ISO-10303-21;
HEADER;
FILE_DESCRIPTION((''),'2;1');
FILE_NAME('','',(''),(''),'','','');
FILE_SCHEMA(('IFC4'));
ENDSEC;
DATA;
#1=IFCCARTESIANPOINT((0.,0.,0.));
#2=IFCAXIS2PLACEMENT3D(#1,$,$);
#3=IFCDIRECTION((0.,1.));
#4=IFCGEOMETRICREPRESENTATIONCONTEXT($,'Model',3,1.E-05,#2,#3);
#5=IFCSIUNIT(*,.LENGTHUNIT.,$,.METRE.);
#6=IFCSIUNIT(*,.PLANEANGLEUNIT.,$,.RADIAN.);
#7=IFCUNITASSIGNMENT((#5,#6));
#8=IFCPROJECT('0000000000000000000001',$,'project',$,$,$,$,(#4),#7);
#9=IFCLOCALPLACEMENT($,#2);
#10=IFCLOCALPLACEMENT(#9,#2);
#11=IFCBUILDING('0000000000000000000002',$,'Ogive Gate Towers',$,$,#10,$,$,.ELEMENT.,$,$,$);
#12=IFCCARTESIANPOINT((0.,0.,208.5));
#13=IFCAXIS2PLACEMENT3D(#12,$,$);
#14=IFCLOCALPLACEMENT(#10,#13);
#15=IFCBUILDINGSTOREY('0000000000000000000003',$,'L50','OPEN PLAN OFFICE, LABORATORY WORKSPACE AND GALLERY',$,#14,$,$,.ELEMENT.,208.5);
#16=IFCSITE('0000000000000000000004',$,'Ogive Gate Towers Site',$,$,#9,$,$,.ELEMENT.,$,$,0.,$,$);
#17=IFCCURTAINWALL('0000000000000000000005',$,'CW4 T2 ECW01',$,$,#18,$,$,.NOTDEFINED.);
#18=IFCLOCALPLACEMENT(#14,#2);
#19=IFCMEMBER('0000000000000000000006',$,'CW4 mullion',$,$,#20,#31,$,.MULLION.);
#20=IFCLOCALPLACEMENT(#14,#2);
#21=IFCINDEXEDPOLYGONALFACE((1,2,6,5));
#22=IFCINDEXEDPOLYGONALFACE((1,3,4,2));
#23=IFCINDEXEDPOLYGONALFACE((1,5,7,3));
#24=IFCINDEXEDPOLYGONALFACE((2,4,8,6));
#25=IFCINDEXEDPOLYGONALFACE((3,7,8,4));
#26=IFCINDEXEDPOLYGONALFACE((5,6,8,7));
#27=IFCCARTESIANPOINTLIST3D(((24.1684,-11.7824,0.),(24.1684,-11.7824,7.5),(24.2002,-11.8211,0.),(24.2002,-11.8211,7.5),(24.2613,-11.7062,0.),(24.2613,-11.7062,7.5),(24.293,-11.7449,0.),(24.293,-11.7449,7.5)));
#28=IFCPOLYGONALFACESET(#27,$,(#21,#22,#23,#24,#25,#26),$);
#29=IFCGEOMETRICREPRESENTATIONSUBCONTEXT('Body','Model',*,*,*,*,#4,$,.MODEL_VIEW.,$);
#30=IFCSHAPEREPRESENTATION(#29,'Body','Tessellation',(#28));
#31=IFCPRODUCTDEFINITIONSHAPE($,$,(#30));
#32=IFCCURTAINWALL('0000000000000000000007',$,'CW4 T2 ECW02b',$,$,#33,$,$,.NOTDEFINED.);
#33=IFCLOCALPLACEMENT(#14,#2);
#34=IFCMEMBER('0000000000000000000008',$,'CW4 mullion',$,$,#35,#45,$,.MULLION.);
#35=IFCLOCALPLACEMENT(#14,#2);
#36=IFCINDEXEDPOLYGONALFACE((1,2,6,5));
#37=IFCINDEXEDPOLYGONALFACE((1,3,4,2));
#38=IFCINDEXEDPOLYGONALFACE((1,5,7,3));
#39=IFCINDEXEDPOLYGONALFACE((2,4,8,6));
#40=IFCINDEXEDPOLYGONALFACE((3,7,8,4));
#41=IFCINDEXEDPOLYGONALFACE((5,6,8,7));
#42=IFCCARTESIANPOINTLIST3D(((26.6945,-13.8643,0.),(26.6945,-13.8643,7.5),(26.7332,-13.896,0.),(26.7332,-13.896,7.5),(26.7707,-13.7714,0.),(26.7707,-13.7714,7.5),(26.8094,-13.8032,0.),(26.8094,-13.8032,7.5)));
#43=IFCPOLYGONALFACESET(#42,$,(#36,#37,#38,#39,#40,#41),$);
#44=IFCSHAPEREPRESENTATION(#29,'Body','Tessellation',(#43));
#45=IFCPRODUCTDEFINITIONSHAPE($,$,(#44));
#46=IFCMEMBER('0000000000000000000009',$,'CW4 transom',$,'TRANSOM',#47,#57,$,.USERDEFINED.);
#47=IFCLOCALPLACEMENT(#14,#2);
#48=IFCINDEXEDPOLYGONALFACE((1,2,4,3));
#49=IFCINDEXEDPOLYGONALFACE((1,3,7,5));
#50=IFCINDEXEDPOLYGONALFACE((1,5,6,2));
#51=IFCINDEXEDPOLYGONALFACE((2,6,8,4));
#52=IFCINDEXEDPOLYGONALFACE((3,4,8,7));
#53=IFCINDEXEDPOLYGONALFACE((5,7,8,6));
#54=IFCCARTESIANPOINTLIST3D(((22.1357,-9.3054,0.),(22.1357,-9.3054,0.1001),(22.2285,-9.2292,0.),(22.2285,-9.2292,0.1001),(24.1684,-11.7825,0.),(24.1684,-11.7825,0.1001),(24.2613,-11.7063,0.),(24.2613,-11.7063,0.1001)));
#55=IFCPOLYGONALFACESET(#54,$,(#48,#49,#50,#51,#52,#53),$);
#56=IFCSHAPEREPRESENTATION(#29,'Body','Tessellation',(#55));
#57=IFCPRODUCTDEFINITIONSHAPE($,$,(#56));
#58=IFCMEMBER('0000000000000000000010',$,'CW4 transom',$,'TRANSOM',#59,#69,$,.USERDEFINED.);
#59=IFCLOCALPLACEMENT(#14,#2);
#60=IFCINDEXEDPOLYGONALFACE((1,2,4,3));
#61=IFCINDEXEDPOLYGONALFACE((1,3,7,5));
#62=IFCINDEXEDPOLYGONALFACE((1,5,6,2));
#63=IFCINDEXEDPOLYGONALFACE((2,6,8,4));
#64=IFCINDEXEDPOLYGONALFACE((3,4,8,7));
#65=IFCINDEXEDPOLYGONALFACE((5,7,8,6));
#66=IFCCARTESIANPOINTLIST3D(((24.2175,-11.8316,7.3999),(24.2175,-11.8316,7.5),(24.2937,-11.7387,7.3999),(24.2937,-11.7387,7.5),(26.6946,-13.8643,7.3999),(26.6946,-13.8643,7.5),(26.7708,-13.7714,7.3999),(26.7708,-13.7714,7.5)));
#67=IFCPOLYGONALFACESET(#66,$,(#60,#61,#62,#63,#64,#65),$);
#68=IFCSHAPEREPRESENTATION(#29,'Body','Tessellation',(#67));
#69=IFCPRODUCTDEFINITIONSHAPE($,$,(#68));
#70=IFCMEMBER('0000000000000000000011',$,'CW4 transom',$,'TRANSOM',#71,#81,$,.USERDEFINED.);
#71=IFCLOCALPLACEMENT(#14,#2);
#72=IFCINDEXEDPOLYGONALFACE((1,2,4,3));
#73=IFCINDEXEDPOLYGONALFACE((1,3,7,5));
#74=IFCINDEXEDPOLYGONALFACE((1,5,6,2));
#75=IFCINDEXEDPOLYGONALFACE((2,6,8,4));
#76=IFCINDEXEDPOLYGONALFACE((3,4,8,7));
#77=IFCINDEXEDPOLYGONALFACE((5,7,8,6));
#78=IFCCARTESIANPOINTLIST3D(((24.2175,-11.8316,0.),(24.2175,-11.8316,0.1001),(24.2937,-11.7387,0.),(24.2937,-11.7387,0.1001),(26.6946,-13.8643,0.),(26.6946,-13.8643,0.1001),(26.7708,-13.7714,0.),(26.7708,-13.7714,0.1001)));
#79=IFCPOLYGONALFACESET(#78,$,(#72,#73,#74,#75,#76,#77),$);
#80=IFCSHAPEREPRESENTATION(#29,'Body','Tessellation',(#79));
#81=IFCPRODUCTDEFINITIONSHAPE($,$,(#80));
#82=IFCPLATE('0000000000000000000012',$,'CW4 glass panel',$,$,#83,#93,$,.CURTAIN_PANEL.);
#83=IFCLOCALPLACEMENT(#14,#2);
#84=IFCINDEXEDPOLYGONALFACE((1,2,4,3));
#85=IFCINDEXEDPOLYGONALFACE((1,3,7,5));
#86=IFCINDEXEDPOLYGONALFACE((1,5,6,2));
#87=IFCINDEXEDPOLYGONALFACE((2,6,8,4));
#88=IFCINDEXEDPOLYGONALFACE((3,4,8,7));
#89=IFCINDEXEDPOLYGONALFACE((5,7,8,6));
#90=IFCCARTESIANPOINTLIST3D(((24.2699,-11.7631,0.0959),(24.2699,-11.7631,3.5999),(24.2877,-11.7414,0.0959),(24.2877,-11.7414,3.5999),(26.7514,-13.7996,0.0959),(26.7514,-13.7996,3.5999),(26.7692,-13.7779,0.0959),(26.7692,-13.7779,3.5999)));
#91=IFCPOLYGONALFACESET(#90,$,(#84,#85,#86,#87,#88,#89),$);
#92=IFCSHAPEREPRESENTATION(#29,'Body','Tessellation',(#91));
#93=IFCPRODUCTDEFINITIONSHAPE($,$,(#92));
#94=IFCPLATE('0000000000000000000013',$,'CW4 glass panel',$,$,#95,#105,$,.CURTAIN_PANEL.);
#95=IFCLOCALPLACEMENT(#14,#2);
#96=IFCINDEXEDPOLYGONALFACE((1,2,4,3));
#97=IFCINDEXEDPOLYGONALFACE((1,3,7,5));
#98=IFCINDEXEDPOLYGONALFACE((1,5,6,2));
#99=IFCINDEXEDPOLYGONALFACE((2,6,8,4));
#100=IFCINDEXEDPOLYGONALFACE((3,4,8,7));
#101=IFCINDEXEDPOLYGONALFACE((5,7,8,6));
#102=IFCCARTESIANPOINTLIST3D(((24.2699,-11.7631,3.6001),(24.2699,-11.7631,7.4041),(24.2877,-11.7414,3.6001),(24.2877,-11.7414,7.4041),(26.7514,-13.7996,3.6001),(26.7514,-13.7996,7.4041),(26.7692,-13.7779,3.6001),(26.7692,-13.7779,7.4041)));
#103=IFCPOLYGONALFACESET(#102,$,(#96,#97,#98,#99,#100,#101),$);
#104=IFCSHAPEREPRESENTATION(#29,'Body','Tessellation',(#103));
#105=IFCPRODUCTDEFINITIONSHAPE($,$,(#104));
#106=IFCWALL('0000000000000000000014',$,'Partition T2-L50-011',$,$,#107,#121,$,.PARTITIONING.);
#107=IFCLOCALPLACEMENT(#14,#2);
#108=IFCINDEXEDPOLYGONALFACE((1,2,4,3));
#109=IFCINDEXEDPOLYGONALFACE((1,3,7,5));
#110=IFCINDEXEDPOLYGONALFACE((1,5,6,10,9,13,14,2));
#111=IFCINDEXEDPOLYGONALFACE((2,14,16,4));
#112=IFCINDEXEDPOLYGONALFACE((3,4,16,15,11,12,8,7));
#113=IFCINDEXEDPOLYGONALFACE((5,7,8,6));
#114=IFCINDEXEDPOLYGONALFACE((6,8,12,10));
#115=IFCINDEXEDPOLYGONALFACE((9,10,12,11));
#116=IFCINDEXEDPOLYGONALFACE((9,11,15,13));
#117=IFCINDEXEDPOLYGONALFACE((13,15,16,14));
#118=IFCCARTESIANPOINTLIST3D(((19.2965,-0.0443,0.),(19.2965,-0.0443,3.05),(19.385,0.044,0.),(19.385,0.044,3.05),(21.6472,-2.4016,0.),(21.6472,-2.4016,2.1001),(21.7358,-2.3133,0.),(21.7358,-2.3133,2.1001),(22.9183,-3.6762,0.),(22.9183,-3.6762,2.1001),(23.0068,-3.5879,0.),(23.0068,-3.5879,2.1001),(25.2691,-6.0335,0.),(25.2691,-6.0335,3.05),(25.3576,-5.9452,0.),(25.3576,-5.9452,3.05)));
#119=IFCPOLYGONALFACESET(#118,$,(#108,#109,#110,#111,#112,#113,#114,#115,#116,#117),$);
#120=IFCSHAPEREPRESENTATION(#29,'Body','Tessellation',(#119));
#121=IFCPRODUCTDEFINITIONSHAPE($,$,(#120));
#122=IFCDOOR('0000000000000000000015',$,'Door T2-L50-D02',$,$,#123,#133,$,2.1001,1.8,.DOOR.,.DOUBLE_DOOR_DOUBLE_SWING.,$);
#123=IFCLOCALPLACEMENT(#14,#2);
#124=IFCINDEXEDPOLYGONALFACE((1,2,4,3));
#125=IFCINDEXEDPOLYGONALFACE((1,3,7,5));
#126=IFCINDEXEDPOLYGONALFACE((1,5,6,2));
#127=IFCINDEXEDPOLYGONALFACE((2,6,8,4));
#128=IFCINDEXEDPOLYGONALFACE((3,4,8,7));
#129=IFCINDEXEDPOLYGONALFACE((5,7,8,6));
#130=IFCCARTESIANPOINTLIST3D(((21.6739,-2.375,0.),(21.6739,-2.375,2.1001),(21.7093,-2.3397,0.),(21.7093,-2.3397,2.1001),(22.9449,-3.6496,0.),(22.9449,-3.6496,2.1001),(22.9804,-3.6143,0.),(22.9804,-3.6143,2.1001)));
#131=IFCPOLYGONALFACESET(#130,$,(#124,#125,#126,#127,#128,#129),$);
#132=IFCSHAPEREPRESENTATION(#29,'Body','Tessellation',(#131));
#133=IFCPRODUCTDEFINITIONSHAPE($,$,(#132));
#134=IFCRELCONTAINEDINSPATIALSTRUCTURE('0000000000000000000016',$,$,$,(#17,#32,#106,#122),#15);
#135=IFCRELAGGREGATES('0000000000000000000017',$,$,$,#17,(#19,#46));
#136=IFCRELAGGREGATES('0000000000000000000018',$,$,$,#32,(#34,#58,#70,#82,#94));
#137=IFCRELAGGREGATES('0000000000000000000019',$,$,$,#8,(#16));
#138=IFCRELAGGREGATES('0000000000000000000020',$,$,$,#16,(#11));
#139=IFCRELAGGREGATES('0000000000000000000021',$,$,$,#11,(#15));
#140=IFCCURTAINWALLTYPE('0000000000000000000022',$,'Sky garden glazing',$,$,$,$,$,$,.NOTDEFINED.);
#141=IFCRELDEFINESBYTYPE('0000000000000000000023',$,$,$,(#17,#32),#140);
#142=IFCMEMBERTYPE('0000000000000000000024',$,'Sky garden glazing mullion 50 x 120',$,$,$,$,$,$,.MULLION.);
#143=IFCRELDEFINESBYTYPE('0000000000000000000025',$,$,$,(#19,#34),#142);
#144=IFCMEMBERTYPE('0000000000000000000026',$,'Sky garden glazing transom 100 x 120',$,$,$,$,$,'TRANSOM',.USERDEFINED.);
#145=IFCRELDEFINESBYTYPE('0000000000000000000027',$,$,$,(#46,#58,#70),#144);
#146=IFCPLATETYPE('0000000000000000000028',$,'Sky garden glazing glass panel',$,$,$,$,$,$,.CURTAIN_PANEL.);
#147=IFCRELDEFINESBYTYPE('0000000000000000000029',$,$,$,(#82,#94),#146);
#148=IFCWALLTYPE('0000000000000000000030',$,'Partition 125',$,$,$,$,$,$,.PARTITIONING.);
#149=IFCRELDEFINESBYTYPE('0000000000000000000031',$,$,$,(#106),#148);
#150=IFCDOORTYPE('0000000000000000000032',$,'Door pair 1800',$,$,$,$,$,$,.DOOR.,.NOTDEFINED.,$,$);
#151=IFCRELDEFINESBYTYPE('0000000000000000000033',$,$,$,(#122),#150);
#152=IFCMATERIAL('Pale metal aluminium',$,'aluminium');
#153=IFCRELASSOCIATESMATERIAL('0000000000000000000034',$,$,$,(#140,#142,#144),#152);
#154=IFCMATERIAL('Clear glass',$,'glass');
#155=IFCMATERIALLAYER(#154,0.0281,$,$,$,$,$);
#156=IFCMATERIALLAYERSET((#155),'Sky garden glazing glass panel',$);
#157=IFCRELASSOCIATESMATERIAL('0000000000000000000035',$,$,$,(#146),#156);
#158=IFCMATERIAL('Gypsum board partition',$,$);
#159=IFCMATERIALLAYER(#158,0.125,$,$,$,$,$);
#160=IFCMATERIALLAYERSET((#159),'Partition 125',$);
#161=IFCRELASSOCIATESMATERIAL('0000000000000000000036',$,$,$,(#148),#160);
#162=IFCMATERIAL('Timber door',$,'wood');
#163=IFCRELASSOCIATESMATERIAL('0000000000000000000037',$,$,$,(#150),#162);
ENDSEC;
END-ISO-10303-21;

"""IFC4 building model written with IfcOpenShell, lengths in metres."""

from ifc_helpers import new_model, si_unit, direction, frame, frame_2d, origin, origin_2d, place, context, subcontext, project, spatial, rectangle, extrude, material, layer, layer_set, material_profile, profile_set, type_object, element, fill, aggregate, save


model = new_model("IFC4")

# Units and contexts
model_context = context("Model", 3, precision=1e-05, world=origin(), true_north=direction((0.0, 1.0)))
body_context = subcontext(model_context, "Body", "Model", "MODEL_VIEW")
ifc_project = project(units=[si_unit("LENGTHUNIT", "METRE"), si_unit("PLANEANGLEUNIT", "RADIAN")], contexts=[model_context])

# Site, building, storey
site_placement = place(None, origin())
site = spatial("IfcSite", under=ifc_project, at=site_placement, Name="Ogive Gate Towers Site", CompositionType="ELEMENT", RefElevation=0.0)
building_placement = place(site_placement, origin())
building = spatial("IfcBuilding", under=site, at=building_placement, Name="Ogive Gate Towers", CompositionType="ELEMENT")
storey_placement = place(building_placement, frame((0.0, 0.0, 208.5)))
storey = spatial("IfcBuildingStorey", under=building, at=storey_placement, Name="L50", Description="OPEN PLAN OFFICE, LABORATORY WORKSPACE AND GALLERY", CompositionType="ELEMENT", Elevation=208.5)

# Curtain walls, members
ifc_material_1 = material(Name="Pale metal aluminium", Category="aluminium")
curtain_wall_type = type_object("IfcCurtainWallType", Name="Sky garden glazing", PredefinedType="NOTDEFINED", material=ifc_material_1)
curtain_wall_1_placement = place(storey_placement, origin())
curtain_wall_1 = element("IfcCurtainWall", 1, at=curtain_wall_1_placement, inside=storey, type_object=curtain_wall_type, Name="CW4 T2 ECW01", PredefinedType="NOTDEFINED")
ifc_material_profile_1 = material_profile(ifc_material_1, rectangle(XDim=0.1201, YDim=0.05, at=origin_2d()), Name="50 x 120 aluminium box")
ifc_profile_set_1 = profile_set([ifc_material_profile_1], Name="Pale metal aluminium")
member_type_1 = type_object("IfcMemberType", Name="Sky garden glazing mullion 50 x 120", PredefinedType="MULLION", material=ifc_profile_set_1)
member_1_placement = place(storey_placement, frame((24.2307, -11.7637, 0.0), z_axis=(0.0, 0.0, 1.0), x_axis=(0.77301, 0.634393, 0.0)))
member_1 = element("IfcMember", 2, at=member_1_placement, type_object=member_type_1, Name="CW4 mullion", PredefinedType="MULLION", context=body_context, shape_type="SweptSolid", body=[
    extrude(rectangle(XDim=0.1201, YDim=0.05, at=origin_2d()), origin(), (0.0, 0.0, 1.0), 7.5),
])
curtain_wall_2_placement = place(storey_placement, origin())
curtain_wall_2 = element("IfcCurtainWall", 3, at=curtain_wall_2_placement, inside=storey, type_object=curtain_wall_type, Name="CW4 T2 ECW02b", PredefinedType="NOTDEFINED")
member_2_placement = place(storey_placement, frame((26.752, -13.8337, 0.0), z_axis=(0.0, 0.0, 1.0), x_axis=(0.634393, 0.77301, 0.0)))
member_2 = element("IfcMember", 4, at=member_2_placement, type_object=member_type_1, Name="CW4 mullion", PredefinedType="MULLION", context=body_context, shape_type="SweptSolid", body=[
    extrude(rectangle(XDim=0.1201, YDim=0.05, at=origin_2d()), origin(), (0.0, 0.0, 1.0), 7.5),
])

# Members
ifc_material_profile_2 = material_profile(ifc_material_1, rectangle(XDim=0.1201, YDim=0.1001, at=origin_2d()), Name="100 x 120 aluminium box")
ifc_profile_set_2 = profile_set([ifc_material_profile_2], Name="Pale metal aluminium")
member_type_2 = type_object("IfcMemberType", Name="Sky garden glazing transom 100 x 120", ElementType="TRANSOM", PredefinedType="USERDEFINED", material=ifc_profile_set_2)
member_3_placement = place(storey_placement, frame((24.2148, -11.7444, 0.05), z_axis=(-0.634366, 0.773033, 0.0), x_axis=(-0.773033, -0.634366, 0.0)))
member_3 = element("IfcMember", 5, at=member_3_placement, type_object=member_type_2, Name="CW4 transom", ObjectType="TRANSOM", PredefinedType="USERDEFINED", context=body_context, shape_type="SweptSolid", body=[
    extrude(rectangle(XDim=0.1201, YDim=0.1001, at=origin_2d()), origin(), (0.0, 0.0, 1.0), 3.2043),
])
aggregate(curtain_wall_1, [member_1, member_3])
member_4_placement = place(storey_placement, frame((26.7327, -13.8179, 7.45), z_axis=(-0.773033, 0.634366, 0.0), x_axis=(-0.634366, -0.773033, 0.0)))
member_4 = element("IfcMember", 6, at=member_4_placement, type_object=member_type_2, Name="CW4 transom", ObjectType="TRANSOM", PredefinedType="USERDEFINED", context=body_context, shape_type="SweptSolid", body=[
    extrude(rectangle(XDim=0.1201, YDim=0.1001, at=origin_2d()), origin(), (0.0, 0.0, 1.0), 3.2043),
])
member_5_placement = place(storey_placement, frame((26.7327, -13.8179, 0.05), z_axis=(-0.773033, 0.634366, 0.0), x_axis=(-0.634366, -0.773033, 0.0)))
member_5 = element("IfcMember", 7, at=member_5_placement, type_object=member_type_2, Name="CW4 transom", ObjectType="TRANSOM", PredefinedType="USERDEFINED", context=body_context, shape_type="SweptSolid", body=[
    extrude(rectangle(XDim=0.1201, YDim=0.1001, at=origin_2d()), origin(), (0.0, 0.0, 1.0), 3.2043),
])

# Plates
ifc_material_2 = material(Name="Clear glass", Category="glass")
ifc_layer_1 = layer(ifc_material_2, 0.0281)
ifc_layer_set_1 = layer_set([ifc_layer_1], Name="Sky garden glazing glass panel")
plate_type = type_object("IfcPlateType", Name="Sky garden glazing glass panel", PredefinedType="CURTAIN_PANEL", material=ifc_layer_set_1)
plate_1_placement = place(storey_placement, frame((25.5195, -12.7705, 0.0959), z_axis=(0.0, 0.0, 1.0), x_axis=(-0.77301, 0.634393, 0.0)))
plate_1 = element("IfcPlate", 8, at=plate_1_placement, type_object=plate_type, Name="CW4 glass panel", PredefinedType="CURTAIN_PANEL", context=body_context, shape_type="SweptSolid", body=[
    extrude(rectangle(XDim=3.2102, YDim=0.0281, at=origin_2d()), origin(), (0.0, 0.0, 1.0), 3.5039),
])
plate_2_placement = place(storey_placement, frame((25.5195, -12.7705, 3.6001), z_axis=(0.0, 0.0, 1.0), x_axis=(-0.77301, 0.634393, 0.0)))
plate_2 = element("IfcPlate", 9, at=plate_2_placement, type_object=plate_type, Name="CW4 glass panel", PredefinedType="CURTAIN_PANEL", context=body_context, shape_type="SweptSolid", body=[
    extrude(rectangle(XDim=3.2102, YDim=0.0281, at=origin_2d()), origin(), (0.0, 0.0, 1.0), 3.804),
])
aggregate(curtain_wall_2, [member_2, member_4, member_5, plate_1, plate_2])

# Wall, opening, door
ifc_material_3 = material(Name="Gypsum board partition")
ifc_layer_2 = layer(ifc_material_3, 0.125)
ifc_layer_set_2 = layer_set([ifc_layer_2], Name="Partition 125")
wall_type = type_object("IfcWallType", Name="Partition 125", PredefinedType="PARTITIONING", material=ifc_layer_set_2)
wall_placement = place(storey_placement, frame((25.3132, -5.9893, 0.0), z_axis=(0.0, 0.0, 1.0), x_axis=(-0.706125, 0.708087, 0.0)))
wall = element("IfcWall", 10, at=wall_placement, inside=storey, type_object=wall_type, Name="Partition T2-L50-011", PredefinedType="PARTITIONING", context=body_context, shape_type="SweptSolid", body=[
    extrude(rectangle(XDim=8.4583, YDim=0.125, at=frame_2d((4.229, 0.0))), origin(), (0.0, 0.0, 1.0), 3.05),
])
opening_placement = place(wall_placement, frame((3.3291, 0.0, 0.0)))
opening = element("IfcOpeningElement", 11, at=opening_placement, cuts=wall, PredefinedType="OPENING", context=body_context, shape_type="SweptSolid", body=[
    extrude(rectangle(XDim=1.8, YDim=2.1001, at=frame_2d((0.8999, 1.05))), frame((0.0, 0.0725, 0.0), z_axis=(0.0, -1.0, 0.0), x_axis=(1.0, 0.0, 0.0)), (0.0, 0.0, 1.0), 0.145),
])
ifc_material_4 = material(Name="Timber door", Category="wood")
door_type = type_object("IfcDoorType", Name="Door pair 1800", OperationType="NOTDEFINED", PredefinedType="DOOR", material=ifc_material_4)
door_placement = place(opening_placement, origin())
door = element("IfcDoor", 12, at=door_placement, inside=storey, type_object=door_type, Name="Door T2-L50-D02", OperationType="DOUBLE_DOOR_DOUBLE_SWING", OverallHeight=2.1001, OverallWidth=1.8, PredefinedType="DOOR", context=body_context, shape_type="SweptSolid", body=[
    extrude(rectangle(XDim=1.8, YDim=2.1001, at=frame_2d((0.8999, 1.05))), frame((0.0, 0.0249, 0.0), z_axis=(0.0, -1.0, 0.0), x_axis=(1.0, 0.0, 0.0)), (0.0, 0.0, 1.0), 0.05),
])
fill(opening, door)

save(model, "model.ifc")
